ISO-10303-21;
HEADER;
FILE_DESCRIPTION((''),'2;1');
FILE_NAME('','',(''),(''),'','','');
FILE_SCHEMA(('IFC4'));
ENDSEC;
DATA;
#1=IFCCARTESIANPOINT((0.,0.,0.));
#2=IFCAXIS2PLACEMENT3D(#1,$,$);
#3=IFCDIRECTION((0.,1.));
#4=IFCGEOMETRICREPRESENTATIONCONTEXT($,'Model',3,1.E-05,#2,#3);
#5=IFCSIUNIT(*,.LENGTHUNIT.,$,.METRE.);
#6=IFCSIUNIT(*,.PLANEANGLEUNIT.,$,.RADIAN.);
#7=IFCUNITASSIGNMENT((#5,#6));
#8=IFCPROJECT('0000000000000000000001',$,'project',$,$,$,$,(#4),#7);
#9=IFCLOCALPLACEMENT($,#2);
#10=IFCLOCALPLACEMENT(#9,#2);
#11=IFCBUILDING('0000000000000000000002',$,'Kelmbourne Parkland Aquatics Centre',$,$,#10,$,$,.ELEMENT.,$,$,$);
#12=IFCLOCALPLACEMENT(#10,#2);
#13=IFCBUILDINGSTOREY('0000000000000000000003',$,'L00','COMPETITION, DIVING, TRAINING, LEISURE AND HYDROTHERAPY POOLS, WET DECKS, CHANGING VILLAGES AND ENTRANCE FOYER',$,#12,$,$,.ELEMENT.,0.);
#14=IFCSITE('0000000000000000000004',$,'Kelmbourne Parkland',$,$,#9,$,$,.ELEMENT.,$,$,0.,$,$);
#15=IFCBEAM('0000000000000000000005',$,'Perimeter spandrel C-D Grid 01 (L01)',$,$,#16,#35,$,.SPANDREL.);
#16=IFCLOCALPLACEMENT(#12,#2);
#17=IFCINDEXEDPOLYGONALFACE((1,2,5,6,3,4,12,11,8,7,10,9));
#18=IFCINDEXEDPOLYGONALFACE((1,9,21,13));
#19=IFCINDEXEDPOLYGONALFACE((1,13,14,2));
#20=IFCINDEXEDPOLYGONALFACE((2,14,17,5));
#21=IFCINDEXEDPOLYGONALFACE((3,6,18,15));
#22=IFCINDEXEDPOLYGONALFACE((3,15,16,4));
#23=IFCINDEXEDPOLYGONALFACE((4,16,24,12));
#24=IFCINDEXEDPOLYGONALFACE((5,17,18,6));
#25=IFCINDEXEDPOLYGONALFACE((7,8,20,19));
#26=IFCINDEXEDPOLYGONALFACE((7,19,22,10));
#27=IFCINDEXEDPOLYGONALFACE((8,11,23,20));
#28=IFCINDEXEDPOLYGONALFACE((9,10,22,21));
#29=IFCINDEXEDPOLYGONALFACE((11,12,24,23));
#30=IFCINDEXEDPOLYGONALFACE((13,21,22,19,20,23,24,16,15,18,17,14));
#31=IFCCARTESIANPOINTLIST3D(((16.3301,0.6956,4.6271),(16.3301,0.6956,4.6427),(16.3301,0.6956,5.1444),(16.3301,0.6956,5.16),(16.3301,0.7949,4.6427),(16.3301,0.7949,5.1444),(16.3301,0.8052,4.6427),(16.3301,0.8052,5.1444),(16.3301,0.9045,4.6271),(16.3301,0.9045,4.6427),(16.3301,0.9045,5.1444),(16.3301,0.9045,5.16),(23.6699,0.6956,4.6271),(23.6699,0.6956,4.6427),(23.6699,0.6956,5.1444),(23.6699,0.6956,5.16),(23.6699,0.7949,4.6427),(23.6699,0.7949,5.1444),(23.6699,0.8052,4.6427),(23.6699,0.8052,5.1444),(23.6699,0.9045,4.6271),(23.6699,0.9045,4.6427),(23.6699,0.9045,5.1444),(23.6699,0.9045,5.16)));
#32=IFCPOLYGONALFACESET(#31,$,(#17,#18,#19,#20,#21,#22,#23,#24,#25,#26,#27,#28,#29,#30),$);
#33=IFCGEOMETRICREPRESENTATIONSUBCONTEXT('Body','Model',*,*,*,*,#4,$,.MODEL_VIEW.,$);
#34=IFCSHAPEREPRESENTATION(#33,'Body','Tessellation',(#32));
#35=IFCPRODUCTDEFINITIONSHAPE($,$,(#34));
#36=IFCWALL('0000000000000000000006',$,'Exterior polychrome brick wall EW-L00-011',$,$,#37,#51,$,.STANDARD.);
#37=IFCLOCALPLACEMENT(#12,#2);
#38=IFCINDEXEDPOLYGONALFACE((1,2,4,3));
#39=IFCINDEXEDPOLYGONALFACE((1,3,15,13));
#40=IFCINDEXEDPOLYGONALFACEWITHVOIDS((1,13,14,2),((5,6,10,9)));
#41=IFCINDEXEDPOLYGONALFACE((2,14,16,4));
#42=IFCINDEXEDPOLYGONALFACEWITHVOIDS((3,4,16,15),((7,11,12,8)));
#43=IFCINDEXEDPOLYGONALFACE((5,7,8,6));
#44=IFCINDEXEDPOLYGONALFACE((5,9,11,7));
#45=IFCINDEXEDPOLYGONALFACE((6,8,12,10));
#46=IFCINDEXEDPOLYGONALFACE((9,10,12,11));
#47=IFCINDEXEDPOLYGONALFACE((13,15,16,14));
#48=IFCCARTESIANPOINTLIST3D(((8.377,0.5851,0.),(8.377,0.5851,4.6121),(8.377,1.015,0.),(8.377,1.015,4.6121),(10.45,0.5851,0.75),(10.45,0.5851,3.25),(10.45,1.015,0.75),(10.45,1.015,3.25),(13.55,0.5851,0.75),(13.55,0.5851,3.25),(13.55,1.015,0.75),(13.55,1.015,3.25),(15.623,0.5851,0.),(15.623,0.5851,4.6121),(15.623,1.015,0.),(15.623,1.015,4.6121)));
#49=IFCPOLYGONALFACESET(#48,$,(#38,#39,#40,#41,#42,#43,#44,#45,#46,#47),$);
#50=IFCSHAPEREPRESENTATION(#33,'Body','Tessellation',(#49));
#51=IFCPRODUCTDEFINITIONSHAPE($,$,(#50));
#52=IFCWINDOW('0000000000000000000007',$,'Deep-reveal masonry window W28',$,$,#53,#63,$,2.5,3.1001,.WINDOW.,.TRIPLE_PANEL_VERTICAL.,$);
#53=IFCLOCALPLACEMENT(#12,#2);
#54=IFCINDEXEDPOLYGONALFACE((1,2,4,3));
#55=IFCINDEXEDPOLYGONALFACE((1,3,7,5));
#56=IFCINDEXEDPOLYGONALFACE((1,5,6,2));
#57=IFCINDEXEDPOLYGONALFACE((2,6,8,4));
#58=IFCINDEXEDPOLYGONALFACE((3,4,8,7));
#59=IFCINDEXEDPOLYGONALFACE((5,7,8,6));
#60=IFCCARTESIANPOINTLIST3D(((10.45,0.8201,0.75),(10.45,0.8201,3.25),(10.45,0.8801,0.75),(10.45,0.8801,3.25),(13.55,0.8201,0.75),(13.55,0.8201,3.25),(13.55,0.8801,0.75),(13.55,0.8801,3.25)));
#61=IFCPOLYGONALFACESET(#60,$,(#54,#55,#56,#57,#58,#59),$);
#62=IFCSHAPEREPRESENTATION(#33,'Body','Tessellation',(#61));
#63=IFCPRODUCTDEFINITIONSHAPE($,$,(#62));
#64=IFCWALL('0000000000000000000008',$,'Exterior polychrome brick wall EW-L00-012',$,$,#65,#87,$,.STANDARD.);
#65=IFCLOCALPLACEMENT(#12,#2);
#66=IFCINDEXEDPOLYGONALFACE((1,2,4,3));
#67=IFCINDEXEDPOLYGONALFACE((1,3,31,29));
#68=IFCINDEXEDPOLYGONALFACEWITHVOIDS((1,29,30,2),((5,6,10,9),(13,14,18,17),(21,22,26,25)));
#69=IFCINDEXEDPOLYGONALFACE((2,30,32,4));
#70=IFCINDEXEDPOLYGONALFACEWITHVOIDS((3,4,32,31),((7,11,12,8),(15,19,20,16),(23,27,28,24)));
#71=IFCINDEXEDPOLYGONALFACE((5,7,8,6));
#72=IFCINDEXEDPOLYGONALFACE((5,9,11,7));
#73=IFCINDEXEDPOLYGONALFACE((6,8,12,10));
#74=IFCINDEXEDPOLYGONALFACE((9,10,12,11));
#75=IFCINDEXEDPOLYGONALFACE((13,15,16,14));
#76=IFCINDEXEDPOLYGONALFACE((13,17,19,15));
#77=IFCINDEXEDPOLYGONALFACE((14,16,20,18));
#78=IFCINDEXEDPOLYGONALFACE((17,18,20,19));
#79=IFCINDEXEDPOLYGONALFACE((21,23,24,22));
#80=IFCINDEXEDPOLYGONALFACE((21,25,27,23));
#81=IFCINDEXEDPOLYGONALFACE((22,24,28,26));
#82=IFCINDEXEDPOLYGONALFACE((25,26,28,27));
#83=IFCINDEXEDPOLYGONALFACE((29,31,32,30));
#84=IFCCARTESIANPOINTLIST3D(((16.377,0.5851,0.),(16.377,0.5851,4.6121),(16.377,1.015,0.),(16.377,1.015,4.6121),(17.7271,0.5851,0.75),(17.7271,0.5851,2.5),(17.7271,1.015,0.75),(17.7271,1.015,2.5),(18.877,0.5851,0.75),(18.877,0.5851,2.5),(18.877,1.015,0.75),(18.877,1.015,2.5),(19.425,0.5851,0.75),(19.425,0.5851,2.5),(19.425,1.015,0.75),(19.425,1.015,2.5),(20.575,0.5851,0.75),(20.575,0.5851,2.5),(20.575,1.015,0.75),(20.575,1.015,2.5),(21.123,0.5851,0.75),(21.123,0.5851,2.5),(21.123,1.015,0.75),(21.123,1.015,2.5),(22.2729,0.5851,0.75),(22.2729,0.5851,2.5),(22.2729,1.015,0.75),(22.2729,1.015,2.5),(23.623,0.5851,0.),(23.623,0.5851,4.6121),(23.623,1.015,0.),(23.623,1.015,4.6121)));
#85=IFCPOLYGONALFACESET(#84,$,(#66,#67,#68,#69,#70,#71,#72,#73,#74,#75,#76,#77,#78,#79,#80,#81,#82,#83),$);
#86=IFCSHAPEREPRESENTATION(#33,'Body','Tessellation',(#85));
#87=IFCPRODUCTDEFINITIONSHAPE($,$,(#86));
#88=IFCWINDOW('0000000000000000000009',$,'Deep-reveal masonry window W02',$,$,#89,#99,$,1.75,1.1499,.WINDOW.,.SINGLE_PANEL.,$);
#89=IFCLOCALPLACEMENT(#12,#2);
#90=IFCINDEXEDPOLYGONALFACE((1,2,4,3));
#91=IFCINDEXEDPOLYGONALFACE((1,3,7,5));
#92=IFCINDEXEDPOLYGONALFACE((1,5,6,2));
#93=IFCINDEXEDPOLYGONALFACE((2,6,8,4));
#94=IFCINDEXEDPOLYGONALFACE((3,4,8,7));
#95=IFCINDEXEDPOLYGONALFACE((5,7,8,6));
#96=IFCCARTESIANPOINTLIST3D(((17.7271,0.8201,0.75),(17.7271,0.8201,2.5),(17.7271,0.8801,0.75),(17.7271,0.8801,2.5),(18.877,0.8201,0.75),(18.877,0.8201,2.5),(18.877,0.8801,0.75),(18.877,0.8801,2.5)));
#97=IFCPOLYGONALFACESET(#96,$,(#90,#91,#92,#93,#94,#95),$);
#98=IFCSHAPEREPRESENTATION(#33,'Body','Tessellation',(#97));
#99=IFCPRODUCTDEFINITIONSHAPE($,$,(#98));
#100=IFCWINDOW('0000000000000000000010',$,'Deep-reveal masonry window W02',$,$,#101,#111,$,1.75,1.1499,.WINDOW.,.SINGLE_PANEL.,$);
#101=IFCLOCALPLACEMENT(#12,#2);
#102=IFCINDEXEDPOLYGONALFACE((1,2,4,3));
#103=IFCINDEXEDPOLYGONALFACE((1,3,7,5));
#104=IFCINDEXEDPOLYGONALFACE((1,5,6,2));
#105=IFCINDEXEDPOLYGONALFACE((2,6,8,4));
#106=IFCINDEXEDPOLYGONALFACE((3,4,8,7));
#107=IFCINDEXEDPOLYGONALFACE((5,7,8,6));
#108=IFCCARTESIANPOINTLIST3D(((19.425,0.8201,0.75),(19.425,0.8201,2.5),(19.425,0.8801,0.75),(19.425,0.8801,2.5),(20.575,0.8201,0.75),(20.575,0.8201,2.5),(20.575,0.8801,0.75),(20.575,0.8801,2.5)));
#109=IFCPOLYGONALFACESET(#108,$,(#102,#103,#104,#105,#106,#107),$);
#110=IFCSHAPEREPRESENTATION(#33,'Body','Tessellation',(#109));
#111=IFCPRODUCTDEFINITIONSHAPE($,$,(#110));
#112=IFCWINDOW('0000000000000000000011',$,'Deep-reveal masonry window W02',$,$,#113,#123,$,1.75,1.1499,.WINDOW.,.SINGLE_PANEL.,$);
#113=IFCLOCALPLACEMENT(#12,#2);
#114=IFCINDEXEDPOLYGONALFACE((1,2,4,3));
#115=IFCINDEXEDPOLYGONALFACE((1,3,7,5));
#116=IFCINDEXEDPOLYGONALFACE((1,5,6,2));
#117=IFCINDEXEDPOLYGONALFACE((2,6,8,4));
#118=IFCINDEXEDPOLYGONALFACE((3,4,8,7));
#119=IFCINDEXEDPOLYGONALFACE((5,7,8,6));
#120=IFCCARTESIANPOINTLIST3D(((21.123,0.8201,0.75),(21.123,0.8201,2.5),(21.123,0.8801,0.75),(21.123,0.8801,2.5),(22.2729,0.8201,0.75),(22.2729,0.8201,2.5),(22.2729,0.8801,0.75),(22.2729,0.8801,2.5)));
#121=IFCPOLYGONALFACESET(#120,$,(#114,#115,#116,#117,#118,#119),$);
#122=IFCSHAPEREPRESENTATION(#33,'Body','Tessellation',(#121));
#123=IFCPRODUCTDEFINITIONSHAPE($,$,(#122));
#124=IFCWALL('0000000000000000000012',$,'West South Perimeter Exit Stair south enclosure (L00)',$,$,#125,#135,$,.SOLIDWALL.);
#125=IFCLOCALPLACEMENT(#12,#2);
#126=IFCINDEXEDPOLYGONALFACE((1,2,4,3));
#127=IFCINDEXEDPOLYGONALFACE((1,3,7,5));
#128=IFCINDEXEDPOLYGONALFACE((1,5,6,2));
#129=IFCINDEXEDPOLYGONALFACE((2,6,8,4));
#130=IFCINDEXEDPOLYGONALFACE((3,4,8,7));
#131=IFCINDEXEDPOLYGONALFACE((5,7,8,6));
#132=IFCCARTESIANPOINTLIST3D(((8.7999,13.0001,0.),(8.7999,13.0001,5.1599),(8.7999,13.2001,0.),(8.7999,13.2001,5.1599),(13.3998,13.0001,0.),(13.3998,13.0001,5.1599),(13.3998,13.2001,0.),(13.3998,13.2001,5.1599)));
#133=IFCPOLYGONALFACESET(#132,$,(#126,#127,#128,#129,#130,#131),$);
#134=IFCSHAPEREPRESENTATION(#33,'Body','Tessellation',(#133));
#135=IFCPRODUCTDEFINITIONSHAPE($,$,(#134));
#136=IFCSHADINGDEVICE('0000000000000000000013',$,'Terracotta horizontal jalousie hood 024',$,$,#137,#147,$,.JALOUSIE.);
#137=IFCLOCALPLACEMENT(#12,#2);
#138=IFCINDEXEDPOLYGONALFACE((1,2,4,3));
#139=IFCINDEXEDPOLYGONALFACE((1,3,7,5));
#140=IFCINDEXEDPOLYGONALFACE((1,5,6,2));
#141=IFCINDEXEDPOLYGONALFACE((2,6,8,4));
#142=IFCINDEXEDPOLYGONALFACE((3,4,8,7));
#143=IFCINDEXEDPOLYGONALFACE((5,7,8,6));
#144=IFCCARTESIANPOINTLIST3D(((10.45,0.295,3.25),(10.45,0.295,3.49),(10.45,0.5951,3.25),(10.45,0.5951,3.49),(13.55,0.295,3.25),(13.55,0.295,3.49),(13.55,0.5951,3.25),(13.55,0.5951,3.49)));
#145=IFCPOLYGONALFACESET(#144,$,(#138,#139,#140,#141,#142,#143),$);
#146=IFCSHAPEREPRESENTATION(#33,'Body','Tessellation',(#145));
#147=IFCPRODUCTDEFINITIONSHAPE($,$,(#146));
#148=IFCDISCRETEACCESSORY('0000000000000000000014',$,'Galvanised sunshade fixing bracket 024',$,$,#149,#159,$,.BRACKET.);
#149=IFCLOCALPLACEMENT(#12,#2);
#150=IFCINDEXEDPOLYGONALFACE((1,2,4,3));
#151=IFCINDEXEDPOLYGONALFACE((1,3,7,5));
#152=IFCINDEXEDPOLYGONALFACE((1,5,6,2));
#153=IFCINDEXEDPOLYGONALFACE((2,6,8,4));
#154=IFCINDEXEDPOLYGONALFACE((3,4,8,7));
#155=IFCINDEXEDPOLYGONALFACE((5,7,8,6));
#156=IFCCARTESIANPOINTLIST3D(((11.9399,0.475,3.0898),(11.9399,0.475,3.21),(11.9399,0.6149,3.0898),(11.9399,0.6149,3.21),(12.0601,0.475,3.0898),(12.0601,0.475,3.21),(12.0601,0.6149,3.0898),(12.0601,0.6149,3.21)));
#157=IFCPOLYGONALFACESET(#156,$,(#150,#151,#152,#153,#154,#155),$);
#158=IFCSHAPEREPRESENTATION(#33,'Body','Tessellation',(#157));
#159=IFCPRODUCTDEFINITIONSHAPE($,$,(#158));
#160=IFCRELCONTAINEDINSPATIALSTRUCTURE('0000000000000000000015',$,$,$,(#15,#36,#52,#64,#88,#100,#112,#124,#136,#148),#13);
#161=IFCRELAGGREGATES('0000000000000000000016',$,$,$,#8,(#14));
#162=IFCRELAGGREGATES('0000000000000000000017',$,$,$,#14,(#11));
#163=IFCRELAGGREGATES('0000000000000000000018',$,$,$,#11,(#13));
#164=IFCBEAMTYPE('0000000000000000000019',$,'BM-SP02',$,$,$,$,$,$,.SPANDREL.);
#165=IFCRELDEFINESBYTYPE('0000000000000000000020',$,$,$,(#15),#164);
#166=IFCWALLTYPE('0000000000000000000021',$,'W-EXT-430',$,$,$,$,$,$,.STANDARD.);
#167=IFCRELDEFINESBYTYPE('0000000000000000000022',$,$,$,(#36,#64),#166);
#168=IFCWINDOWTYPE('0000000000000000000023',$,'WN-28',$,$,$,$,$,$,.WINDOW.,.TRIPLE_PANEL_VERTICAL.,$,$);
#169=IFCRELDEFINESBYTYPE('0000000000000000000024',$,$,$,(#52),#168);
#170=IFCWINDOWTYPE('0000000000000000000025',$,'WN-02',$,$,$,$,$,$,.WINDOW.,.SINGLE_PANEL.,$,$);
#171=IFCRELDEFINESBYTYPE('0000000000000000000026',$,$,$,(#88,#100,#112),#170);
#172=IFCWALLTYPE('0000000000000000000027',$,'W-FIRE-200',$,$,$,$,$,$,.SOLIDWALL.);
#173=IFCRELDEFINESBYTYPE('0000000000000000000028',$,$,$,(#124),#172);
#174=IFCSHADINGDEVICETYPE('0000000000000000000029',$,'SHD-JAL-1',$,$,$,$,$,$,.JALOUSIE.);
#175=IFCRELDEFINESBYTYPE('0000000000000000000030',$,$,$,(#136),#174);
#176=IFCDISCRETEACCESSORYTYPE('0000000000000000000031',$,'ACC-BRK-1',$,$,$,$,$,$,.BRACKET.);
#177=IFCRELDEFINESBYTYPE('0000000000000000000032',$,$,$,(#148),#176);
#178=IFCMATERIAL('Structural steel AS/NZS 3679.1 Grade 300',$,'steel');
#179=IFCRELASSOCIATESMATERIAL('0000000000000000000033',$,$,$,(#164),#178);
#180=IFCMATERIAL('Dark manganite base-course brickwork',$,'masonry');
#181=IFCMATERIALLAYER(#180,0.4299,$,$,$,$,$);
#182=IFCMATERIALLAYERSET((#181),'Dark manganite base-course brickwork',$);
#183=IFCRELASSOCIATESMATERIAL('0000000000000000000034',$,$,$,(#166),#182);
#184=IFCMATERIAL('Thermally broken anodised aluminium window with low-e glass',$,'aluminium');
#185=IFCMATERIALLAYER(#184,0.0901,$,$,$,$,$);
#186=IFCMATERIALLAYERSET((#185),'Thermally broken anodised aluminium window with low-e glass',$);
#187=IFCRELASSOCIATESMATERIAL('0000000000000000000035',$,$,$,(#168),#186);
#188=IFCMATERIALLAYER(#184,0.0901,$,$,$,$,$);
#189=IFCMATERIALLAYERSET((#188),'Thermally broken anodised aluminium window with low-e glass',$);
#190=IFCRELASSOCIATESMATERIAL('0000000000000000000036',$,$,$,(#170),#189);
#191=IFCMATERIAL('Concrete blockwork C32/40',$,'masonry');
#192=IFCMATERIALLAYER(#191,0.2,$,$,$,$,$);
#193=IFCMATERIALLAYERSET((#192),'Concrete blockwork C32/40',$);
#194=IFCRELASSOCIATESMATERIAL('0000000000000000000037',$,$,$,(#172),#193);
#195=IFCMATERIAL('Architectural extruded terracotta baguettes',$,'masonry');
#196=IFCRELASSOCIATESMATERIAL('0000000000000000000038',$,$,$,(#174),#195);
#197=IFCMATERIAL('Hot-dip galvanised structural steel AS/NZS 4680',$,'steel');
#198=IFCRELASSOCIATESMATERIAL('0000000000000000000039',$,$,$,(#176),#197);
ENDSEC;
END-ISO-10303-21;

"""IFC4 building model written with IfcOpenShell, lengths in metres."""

from ifc_helpers import new_model, si_unit, direction, frame, frame_2d, origin, origin_2d, place, context, subcontext, project, spatial, rectangle, i_section, extrude, material, layer, layer_set, material_profile, profile_set, type_object, element, fill, save


model = new_model("IFC4")

# Units and contexts
model_context = context("Model", 3, precision=1e-05, world=origin(), true_north=direction((0.0, 1.0)))
body_context = subcontext(model_context, "Body", "Model", "MODEL_VIEW")
ifc_project = project(units=[si_unit("LENGTHUNIT", "METRE"), si_unit("PLANEANGLEUNIT", "RADIAN")], contexts=[model_context])

# Site, building, storey
site_placement = place(None, origin())
site = spatial("IfcSite", under=ifc_project, at=site_placement, Name="Kelmbourne Parkland", CompositionType="ELEMENT", RefElevation=0.0)
building_placement = place(site_placement, origin())
building = spatial("IfcBuilding", under=site, at=building_placement, Name="Kelmbourne Parkland Aquatics Centre", CompositionType="ELEMENT")
storey_placement = place(building_placement, origin())
storey = spatial("IfcBuildingStorey", under=building, at=storey_placement, Name="L00", Description="COMPETITION, DIVING, TRAINING, LEISURE AND HYDROTHERAPY POOLS, WET DECKS, CHANGING VILLAGES AND ENTRANCE FOYER", CompositionType="ELEMENT", Elevation=0.0)

# Beam
ifc_material_1 = material(Name="Structural steel AS/NZS 3679.1 Grade 300", Category="steel")
ifc_material_profile_1 = material_profile(ifc_material_1, i_section(OverallWidth=0.209, OverallDepth=0.533, WebThickness=0.0103, FlangeThickness=0.0156, at=origin_2d()), Name="530UB92.4")
ifc_profile_set_1 = profile_set([ifc_material_profile_1], Name="Structural steel AS/NZS 3679.1 Grade 300")
beam_type_1 = type_object("IfcBeamType", Name="BM-SP02", PredefinedType="SPANDREL", material=ifc_profile_set_1)
beam_1_placement = place(storey_placement, frame((16.3301, 0.8, 4.8936), z_axis=(1.0, 0.0, 0.0), x_axis=(0.0, 1.0, 0.0)))
element("IfcBeam", 1, at=beam_1_placement, inside=storey, type_object=beam_type_1, Name="Perimeter spandrel C-D Grid 01 (L01)", PredefinedType="SPANDREL", context=body_context, shape_type="SweptSolid", body=[
    extrude(i_section(OverallWidth=0.209, OverallDepth=0.533, WebThickness=0.0103, FlangeThickness=0.0156, at=origin_2d()), origin(), (0.0, 0.0, 1.0), 7.3398),
])

# Wall, opening, window
ifc_material_2 = material(Name="Dark manganite base-course brickwork", Category="masonry")
ifc_layer_1 = layer(ifc_material_2, 0.4299)
ifc_layer_set_1 = layer_set([ifc_layer_1], Name="Dark manganite base-course brickwork")
wall_type_1 = type_object("IfcWallType", Name="W-EXT-430", PredefinedType="STANDARD", material=ifc_layer_set_1)
wall_1_placement = place(storey_placement, frame((8.377, 0.8, 0.0), z_axis=(0.0, 0.0, 1.0), x_axis=(1.0, 0.0, 0.0)))
wall_1 = element("IfcWall", 2, at=wall_1_placement, inside=storey, type_object=wall_type_1, Name="Exterior polychrome brick wall EW-L00-011", PredefinedType="STANDARD", context=body_context, shape_type="SweptSolid", body=[
    extrude(rectangle(XDim=7.2461, YDim=0.4299, at=frame_2d((3.623, 0.0))), origin(), (0.0, 0.0, 1.0), 4.6121),
])
opening_1_placement = place(wall_1_placement, frame((2.073, 0.0, 0.75)))
opening_1 = element("IfcOpeningElement", 3, at=opening_1_placement, cuts=wall_1, PredefinedType="OPENING", context=body_context, shape_type="SweptSolid", body=[
    extrude(rectangle(XDim=3.1001, YDim=2.5, at=frame_2d((1.55, 1.25))), frame((0.0, 0.2271, 0.0), z_axis=(0.0, -1.0, 0.0), x_axis=(1.0, 0.0, 0.0)), (0.0, 0.0, 1.0), 0.4539),
])
ifc_material_3 = material(Name="Thermally broken anodised aluminium window with low-e glass", Category="aluminium")
ifc_layer_2 = layer(ifc_material_3, 0.0901)
ifc_layer_set_2 = layer_set([ifc_layer_2], Name="Thermally broken anodised aluminium window with low-e glass")
window_type_1 = type_object("IfcWindowType", Name="WN-28", PartitioningType="TRIPLE_PANEL_VERTICAL", PredefinedType="WINDOW", material=ifc_layer_set_2)
window_1_placement = place(opening_1_placement, origin())
window_1 = element("IfcWindow", 4, at=window_1_placement, inside=storey, type_object=window_type_1, Name="Deep-reveal masonry window W28", OverallHeight=2.5, OverallWidth=3.1001, PartitioningType="TRIPLE_PANEL_VERTICAL", PredefinedType="WINDOW", context=body_context, shape_type="SweptSolid", body=[
    extrude(rectangle(XDim=3.1001, YDim=2.5, at=frame_2d((1.55, 1.25))), frame((0.0, 0.0801, 0.0), z_axis=(0.0, -1.0, 0.0), x_axis=(1.0, 0.0, 0.0)), (0.0, 0.0, 1.0), 0.0601),
])
fill(opening_1, window_1)

# Wall, openings, windows
wall_2_placement = place(storey_placement, frame((16.377, 0.8, 0.0), z_axis=(0.0, 0.0, 1.0), x_axis=(1.0, 0.0, 0.0)))
wall_2 = element("IfcWall", 5, at=wall_2_placement, inside=storey, type_object=wall_type_1, Name="Exterior polychrome brick wall EW-L00-012", PredefinedType="STANDARD", context=body_context, shape_type="SweptSolid", body=[
    extrude(rectangle(XDim=7.2461, YDim=0.4299, at=frame_2d((3.623, 0.0))), origin(), (0.0, 0.0, 1.0), 4.6121),
])
opening_2_placement = place(wall_2_placement, frame((1.3501, 0.0, 0.75)))
opening_2 = element("IfcOpeningElement", 6, at=opening_2_placement, cuts=wall_2, PredefinedType="OPENING", context=body_context, shape_type="SweptSolid", body=[
    extrude(rectangle(XDim=1.1499, YDim=1.75, at=frame_2d((0.575, 0.875))), frame((0.0, 0.2271, 0.0), z_axis=(0.0, -1.0, 0.0), x_axis=(1.0, 0.0, 0.0)), (0.0, 0.0, 1.0), 0.4539),
])
opening_3_placement = place(wall_2_placement, frame((3.0481, 0.0, 0.75)))
opening_3 = element("IfcOpeningElement", 7, at=opening_3_placement, cuts=wall_2, PredefinedType="OPENING", context=body_context, shape_type="SweptSolid", body=[
    extrude(rectangle(XDim=1.1499, YDim=1.75, at=frame_2d((0.575, 0.875))), frame((0.0, 0.2271, 0.0), z_axis=(0.0, -1.0, 0.0), x_axis=(1.0, 0.0, 0.0)), (0.0, 0.0, 1.0), 0.4539),
])
opening_4_placement = place(wall_2_placement, frame((4.7461, 0.0, 0.75)))
opening_4 = element("IfcOpeningElement", 8, at=opening_4_placement, cuts=wall_2, PredefinedType="OPENING", context=body_context, shape_type="SweptSolid", body=[
    extrude(rectangle(XDim=1.1499, YDim=1.75, at=frame_2d((0.575, 0.875))), frame((0.0, 0.2271, 0.0), z_axis=(0.0, -1.0, 0.0), x_axis=(1.0, 0.0, 0.0)), (0.0, 0.0, 1.0), 0.4539),
])
ifc_layer_3 = layer(ifc_material_3, 0.0901)
ifc_layer_set_3 = layer_set([ifc_layer_3], Name="Thermally broken anodised aluminium window with low-e glass")
window_type_2 = type_object("IfcWindowType", Name="WN-02", PartitioningType="SINGLE_PANEL", PredefinedType="WINDOW", material=ifc_layer_set_3)
window_2_placement = place(opening_2_placement, origin())
window_2 = element("IfcWindow", 9, at=window_2_placement, inside=storey, type_object=window_type_2, Name="Deep-reveal masonry window W02", OverallHeight=1.75, OverallWidth=1.1499, PartitioningType="SINGLE_PANEL", PredefinedType="WINDOW", context=body_context, shape_type="SweptSolid", body=[
    extrude(rectangle(XDim=1.1499, YDim=1.75, at=frame_2d((0.575, 0.875))), frame((0.0, 0.0801, 0.0), z_axis=(0.0, -1.0, 0.0), x_axis=(1.0, 0.0, 0.0)), (0.0, 0.0, 1.0), 0.0601),
])
fill(opening_2, window_2)
window_3_placement = place(opening_3_placement, origin())
window_3 = element("IfcWindow", 10, at=window_3_placement, inside=storey, type_object=window_type_2, Name="Deep-reveal masonry window W02", OverallHeight=1.75, OverallWidth=1.1499, PartitioningType="SINGLE_PANEL", PredefinedType="WINDOW", context=body_context, shape_type="SweptSolid", body=[
    extrude(rectangle(XDim=1.1499, YDim=1.75, at=frame_2d((0.575, 0.875))), frame((0.0, 0.0801, 0.0), z_axis=(0.0, -1.0, 0.0), x_axis=(1.0, 0.0, 0.0)), (0.0, 0.0, 1.0), 0.0601),
])
fill(opening_3, window_3)
window_4_placement = place(opening_4_placement, origin())
window_4 = element("IfcWindow", 11, at=window_4_placement, inside=storey, type_object=window_type_2, Name="Deep-reveal masonry window W02", OverallHeight=1.75, OverallWidth=1.1499, PartitioningType="SINGLE_PANEL", PredefinedType="WINDOW", context=body_context, shape_type="SweptSolid", body=[
    extrude(rectangle(XDim=1.1499, YDim=1.75, at=frame_2d((0.575, 0.875))), frame((0.0, 0.0801, 0.0), z_axis=(0.0, -1.0, 0.0), x_axis=(1.0, 0.0, 0.0)), (0.0, 0.0, 1.0), 0.0601),
])
fill(opening_4, window_4)

# Wall
ifc_material_4 = material(Name="Concrete blockwork C32/40", Category="masonry")
ifc_layer_4 = layer(ifc_material_4, 0.2)
ifc_layer_set_4 = layer_set([ifc_layer_4], Name="Concrete blockwork C32/40")
wall_type_2 = type_object("IfcWallType", Name="W-FIRE-200", PredefinedType="SOLIDWALL", material=ifc_layer_set_4)
wall_3_placement = place(storey_placement, frame((8.8, 13.1001, 0.0), z_axis=(0.0, 0.0, 1.0), x_axis=(1.0, 0.0, 0.0)))
element("IfcWall", 12, at=wall_3_placement, inside=storey, type_object=wall_type_2, Name="West South Perimeter Exit Stair south enclosure (L00)", PredefinedType="SOLIDWALL", context=body_context, shape_type="SweptSolid", body=[
    extrude(rectangle(XDim=4.5999, YDim=0.2, at=frame_2d((2.2998, 0.0))), origin(), (0.0, 0.0, 1.0), 5.1599),
])

# Shading device
ifc_material_5 = material(Name="Architectural extruded terracotta baguettes", Category="masonry")
shading_device_type = type_object("IfcShadingDeviceType", Name="SHD-JAL-1", PredefinedType="JALOUSIE", material=ifc_material_5)
shading_device_placement = place(storey_placement, frame((12.0, 0.4451, 3.25), z_axis=(0.0, 0.0, 1.0), x_axis=(1.0, 0.0, 0.0)))
element("IfcShadingDevice", 13, at=shading_device_placement, inside=storey, type_object=shading_device_type, Name="Terracotta horizontal jalousie hood 024", PredefinedType="JALOUSIE", context=body_context, shape_type="SweptSolid", body=[
    extrude(rectangle(XDim=3.1001, YDim=0.3, at=origin_2d()), origin(), (0.0, 0.0, 1.0), 0.24),
])

# Discrete accessory
ifc_material_6 = material(Name="Hot-dip galvanised structural steel AS/NZS 4680", Category="steel")
discrete_accessory_type = type_object("IfcDiscreteAccessoryType", Name="ACC-BRK-1", PredefinedType="BRACKET", material=ifc_material_6)
discrete_accessory_placement = place(storey_placement, frame((12.0, 0.5449, 3.0898), z_axis=(0.0, 0.0, 1.0), x_axis=(1.0, 0.0, 0.0)))
element("IfcDiscreteAccessory", 14, at=discrete_accessory_placement, inside=storey, type_object=discrete_accessory_type, Name="Galvanised sunshade fixing bracket 024", PredefinedType="BRACKET", context=body_context, shape_type="SweptSolid", body=[
    extrude(rectangle(XDim=0.1201, YDim=0.1399, at=origin_2d()), origin(), (0.0, 0.0, 1.0), 0.1201),
])

save(model, "model.ifc")
